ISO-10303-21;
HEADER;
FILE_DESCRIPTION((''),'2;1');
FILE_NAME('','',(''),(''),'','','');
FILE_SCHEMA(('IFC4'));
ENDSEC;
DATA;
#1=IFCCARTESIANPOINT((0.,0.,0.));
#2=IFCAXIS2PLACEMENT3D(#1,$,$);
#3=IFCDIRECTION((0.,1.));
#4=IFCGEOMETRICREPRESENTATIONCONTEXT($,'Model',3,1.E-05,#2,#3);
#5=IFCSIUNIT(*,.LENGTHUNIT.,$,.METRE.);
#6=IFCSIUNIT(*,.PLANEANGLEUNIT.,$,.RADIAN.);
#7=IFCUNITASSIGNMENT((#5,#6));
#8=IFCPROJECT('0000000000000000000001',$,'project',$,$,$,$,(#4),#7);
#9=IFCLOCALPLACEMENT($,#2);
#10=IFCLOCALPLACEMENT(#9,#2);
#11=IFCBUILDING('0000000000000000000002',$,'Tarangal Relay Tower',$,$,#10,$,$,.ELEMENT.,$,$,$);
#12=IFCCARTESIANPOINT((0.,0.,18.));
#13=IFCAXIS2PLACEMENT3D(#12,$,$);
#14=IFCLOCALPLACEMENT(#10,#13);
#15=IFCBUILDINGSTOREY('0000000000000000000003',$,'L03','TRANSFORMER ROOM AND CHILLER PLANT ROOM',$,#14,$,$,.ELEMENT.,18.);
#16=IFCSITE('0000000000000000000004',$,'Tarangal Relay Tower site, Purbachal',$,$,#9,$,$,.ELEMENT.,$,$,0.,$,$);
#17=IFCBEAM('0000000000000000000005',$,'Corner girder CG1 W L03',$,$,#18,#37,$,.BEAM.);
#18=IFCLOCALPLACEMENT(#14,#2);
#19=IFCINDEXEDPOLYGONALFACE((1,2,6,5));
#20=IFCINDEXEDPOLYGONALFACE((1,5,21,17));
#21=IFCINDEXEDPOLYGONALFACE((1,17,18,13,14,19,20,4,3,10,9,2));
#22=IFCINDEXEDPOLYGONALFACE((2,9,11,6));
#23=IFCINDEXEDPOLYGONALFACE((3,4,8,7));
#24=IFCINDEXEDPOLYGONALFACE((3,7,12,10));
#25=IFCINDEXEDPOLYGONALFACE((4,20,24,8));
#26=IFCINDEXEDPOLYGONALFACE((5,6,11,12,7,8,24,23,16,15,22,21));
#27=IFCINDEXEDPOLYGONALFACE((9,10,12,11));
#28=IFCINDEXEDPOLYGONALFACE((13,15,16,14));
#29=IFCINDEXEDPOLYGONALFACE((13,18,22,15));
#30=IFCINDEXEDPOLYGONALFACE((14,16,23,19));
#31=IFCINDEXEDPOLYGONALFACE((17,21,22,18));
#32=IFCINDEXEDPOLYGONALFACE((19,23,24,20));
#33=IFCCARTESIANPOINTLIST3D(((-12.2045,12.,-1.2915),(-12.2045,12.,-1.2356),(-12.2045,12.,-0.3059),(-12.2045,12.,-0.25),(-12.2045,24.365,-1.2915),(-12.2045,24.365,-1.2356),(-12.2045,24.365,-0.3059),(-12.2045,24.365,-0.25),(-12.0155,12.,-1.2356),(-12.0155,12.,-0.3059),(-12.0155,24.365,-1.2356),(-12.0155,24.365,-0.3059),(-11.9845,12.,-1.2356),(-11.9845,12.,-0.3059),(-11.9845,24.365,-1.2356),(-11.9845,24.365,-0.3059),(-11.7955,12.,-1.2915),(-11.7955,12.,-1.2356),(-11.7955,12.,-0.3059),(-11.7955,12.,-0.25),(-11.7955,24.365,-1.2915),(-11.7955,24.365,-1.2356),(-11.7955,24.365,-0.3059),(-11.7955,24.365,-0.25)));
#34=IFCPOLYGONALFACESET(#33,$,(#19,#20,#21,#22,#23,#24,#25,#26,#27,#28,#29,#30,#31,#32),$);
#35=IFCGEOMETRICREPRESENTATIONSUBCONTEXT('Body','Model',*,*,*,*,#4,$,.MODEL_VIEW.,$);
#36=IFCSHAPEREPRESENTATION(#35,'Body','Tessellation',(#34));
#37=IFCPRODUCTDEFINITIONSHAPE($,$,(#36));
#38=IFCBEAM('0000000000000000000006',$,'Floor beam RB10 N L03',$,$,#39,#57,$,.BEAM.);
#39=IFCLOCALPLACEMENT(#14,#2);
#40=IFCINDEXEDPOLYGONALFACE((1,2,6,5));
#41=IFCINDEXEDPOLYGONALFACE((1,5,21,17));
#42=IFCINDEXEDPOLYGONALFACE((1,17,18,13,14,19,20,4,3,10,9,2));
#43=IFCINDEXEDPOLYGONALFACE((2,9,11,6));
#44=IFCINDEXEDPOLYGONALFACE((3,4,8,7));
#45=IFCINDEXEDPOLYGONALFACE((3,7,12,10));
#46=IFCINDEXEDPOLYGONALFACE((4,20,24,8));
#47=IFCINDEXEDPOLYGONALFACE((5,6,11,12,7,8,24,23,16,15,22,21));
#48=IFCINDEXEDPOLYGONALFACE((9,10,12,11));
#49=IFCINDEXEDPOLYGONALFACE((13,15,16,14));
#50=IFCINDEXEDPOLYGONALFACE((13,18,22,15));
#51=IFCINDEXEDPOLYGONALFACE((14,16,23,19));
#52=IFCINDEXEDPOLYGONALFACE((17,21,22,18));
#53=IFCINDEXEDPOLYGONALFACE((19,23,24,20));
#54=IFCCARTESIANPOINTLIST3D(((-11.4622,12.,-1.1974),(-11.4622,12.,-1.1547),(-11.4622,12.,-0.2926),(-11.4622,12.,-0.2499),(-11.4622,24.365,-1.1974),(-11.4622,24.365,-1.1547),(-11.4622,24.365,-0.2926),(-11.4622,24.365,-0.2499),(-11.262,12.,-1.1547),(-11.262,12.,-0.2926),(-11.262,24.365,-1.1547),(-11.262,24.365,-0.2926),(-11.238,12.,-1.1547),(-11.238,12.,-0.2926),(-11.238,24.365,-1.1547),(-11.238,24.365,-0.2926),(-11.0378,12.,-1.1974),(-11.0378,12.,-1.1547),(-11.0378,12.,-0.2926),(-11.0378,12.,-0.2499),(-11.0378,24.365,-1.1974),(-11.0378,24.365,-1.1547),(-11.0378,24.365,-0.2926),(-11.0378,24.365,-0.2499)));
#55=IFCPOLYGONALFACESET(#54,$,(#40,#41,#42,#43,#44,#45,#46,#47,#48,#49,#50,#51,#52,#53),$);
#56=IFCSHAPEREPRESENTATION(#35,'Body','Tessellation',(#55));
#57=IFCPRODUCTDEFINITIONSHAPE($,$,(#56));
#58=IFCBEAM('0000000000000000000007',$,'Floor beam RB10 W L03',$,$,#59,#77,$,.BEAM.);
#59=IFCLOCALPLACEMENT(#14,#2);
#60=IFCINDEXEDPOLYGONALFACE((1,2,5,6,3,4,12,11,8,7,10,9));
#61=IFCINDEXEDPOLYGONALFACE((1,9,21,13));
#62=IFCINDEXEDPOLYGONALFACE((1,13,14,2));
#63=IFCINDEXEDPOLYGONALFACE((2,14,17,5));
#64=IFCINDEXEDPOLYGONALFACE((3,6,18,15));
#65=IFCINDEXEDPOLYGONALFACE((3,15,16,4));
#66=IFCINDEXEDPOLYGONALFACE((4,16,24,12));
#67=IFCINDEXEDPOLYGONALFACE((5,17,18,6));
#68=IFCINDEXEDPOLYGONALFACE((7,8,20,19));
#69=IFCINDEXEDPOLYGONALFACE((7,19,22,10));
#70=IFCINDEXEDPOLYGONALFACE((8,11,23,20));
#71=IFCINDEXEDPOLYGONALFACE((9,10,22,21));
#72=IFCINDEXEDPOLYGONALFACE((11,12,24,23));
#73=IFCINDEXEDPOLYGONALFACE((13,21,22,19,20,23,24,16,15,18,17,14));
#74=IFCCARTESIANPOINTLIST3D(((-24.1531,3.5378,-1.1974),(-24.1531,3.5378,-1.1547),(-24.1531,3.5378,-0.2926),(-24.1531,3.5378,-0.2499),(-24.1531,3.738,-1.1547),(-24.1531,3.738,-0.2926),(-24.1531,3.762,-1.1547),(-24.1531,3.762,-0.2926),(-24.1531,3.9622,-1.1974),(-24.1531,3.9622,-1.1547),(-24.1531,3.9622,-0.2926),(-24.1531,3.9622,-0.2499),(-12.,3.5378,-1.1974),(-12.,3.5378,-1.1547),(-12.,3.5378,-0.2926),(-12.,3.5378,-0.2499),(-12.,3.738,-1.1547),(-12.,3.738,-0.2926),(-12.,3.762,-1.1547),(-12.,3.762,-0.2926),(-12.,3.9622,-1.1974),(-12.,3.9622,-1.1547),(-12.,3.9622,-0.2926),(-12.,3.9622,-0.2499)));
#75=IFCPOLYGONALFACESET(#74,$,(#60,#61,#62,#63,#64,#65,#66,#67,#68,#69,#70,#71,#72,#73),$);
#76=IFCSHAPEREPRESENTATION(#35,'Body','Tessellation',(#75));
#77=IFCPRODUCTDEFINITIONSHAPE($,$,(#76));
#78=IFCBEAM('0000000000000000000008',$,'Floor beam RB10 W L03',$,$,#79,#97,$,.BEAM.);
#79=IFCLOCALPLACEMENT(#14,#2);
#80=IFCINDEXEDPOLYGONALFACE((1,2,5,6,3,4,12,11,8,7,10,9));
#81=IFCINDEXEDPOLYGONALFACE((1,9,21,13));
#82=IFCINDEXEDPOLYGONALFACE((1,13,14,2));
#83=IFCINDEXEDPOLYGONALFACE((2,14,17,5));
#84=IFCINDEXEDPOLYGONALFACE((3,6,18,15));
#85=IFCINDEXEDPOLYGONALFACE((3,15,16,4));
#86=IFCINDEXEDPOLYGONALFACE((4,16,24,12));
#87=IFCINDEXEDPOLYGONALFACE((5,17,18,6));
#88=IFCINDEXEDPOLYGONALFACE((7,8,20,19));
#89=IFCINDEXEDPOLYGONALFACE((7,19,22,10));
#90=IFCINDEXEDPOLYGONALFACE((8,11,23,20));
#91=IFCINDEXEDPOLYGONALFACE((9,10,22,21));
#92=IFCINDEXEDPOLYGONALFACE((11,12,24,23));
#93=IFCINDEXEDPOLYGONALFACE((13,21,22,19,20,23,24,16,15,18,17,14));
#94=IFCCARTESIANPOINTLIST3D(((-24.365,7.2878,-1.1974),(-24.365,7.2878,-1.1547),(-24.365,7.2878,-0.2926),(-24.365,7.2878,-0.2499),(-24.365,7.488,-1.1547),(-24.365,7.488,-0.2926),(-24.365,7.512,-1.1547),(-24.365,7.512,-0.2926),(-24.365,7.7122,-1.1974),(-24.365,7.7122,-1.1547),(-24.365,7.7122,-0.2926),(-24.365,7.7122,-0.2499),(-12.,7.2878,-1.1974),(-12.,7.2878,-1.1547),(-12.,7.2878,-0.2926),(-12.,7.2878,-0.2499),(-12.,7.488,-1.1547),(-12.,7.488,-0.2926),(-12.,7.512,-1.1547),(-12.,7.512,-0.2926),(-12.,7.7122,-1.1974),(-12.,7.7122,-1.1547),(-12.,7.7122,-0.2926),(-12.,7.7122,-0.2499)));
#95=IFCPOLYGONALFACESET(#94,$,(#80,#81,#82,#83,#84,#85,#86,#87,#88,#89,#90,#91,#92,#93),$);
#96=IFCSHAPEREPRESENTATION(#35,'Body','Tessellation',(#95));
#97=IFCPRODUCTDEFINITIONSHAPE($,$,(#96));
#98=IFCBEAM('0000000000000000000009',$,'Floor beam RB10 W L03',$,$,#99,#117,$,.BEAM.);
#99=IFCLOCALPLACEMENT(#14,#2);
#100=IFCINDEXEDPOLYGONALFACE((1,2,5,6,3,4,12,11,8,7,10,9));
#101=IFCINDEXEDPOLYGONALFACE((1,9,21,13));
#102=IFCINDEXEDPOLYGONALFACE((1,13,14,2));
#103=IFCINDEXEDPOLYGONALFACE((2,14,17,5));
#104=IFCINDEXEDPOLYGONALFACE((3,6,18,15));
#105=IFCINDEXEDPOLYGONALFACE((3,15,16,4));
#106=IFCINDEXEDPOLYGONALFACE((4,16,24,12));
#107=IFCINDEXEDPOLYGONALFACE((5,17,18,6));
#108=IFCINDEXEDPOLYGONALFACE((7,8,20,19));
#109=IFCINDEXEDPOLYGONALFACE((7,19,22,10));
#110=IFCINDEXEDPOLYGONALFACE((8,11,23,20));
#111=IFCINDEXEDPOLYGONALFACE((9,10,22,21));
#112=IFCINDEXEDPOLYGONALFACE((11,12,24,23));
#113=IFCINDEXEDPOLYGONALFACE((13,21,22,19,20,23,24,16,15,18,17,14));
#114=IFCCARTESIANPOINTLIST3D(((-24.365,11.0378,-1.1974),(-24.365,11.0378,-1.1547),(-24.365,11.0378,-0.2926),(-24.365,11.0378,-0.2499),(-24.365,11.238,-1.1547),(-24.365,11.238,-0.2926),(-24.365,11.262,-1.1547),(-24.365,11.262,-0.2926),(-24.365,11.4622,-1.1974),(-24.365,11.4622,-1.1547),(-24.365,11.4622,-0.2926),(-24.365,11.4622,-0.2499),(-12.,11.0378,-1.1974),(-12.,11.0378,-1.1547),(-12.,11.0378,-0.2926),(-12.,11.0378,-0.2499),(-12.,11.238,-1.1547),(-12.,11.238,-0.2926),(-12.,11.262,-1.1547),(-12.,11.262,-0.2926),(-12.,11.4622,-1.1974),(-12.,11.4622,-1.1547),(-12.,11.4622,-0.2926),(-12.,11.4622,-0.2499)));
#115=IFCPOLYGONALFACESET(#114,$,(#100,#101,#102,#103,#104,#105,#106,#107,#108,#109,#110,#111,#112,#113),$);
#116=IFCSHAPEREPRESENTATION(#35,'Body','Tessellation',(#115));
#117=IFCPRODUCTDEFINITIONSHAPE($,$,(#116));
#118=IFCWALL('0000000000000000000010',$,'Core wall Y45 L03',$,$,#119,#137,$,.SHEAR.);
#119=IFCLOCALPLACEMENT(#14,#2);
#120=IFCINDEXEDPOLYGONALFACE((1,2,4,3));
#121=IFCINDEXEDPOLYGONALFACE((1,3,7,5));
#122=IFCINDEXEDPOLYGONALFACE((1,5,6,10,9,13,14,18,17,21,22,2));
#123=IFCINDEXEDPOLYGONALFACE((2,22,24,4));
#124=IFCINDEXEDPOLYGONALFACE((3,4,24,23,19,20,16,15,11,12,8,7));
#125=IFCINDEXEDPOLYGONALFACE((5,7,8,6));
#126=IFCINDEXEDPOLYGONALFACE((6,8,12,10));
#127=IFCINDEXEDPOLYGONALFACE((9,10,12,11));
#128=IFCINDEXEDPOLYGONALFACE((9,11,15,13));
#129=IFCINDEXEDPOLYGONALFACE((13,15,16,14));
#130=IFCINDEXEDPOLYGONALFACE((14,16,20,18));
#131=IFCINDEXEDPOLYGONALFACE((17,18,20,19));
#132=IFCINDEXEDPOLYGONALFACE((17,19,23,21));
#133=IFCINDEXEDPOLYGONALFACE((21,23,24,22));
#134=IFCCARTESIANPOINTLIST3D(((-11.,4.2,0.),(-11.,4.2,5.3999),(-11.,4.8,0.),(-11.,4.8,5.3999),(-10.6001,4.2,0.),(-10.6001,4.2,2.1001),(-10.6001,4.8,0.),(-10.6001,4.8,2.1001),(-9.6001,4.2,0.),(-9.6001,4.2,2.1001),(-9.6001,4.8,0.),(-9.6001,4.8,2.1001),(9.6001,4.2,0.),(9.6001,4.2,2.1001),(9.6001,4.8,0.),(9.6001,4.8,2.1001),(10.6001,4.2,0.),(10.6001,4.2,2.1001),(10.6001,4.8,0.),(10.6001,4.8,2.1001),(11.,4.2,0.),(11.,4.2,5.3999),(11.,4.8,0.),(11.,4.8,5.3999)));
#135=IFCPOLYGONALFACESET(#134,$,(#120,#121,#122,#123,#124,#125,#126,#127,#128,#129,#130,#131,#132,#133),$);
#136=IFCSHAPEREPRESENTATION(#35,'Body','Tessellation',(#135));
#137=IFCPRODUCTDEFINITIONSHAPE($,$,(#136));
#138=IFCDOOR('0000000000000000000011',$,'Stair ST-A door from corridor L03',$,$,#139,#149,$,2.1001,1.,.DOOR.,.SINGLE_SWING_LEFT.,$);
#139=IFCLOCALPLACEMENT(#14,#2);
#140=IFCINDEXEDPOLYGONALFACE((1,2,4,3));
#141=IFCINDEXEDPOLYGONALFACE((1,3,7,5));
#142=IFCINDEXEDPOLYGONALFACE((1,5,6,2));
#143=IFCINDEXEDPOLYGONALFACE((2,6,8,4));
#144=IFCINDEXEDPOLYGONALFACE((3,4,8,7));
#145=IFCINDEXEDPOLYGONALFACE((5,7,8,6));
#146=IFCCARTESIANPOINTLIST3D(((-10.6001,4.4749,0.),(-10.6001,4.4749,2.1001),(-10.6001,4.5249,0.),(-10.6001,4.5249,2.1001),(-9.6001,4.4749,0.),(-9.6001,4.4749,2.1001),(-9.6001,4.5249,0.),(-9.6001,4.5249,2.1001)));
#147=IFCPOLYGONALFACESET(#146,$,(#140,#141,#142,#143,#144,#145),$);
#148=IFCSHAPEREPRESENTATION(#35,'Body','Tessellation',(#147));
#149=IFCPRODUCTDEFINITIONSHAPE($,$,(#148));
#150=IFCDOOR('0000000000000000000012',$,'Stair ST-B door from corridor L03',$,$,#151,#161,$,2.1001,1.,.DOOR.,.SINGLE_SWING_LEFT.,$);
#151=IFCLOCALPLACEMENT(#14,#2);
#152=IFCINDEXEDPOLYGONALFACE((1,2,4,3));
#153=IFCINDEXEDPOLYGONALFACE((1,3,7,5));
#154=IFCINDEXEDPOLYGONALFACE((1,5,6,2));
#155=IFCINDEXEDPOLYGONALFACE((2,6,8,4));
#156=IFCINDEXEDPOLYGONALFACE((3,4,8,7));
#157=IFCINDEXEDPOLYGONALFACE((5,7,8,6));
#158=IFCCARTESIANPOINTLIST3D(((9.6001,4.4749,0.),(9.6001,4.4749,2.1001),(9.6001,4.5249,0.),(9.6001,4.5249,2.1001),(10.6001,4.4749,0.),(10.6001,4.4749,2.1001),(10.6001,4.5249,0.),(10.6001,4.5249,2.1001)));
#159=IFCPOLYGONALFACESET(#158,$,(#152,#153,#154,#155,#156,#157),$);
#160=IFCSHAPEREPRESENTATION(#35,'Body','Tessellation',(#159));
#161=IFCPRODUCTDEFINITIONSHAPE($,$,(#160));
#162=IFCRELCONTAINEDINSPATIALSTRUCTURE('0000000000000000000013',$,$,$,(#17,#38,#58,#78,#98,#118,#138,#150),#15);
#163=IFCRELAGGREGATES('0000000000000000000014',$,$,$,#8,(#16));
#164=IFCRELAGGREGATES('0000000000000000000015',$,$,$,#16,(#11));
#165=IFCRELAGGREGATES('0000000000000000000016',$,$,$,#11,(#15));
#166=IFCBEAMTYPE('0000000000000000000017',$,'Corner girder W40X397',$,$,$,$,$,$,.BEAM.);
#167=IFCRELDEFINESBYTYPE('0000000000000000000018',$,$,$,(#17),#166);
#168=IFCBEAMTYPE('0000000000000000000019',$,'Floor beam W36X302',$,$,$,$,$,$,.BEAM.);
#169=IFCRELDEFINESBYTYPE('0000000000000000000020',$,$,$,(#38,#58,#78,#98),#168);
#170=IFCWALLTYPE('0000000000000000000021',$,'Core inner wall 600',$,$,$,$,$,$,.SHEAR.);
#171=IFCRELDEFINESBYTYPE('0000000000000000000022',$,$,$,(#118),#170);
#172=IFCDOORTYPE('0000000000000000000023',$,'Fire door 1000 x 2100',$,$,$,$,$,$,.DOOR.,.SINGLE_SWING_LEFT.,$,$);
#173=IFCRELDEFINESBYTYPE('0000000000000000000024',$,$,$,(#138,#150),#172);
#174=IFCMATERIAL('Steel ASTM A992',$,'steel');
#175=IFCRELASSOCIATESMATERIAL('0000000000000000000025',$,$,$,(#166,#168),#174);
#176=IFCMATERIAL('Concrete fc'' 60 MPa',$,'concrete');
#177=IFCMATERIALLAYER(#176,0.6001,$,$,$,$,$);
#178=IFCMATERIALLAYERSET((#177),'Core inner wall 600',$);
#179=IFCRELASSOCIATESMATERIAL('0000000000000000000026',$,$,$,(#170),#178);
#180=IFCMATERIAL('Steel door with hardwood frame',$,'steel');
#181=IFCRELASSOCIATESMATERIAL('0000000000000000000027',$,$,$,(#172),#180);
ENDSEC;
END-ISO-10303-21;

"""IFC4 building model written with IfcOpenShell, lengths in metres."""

from ifc_helpers import new_model, si_unit, direction, frame, frame_2d, origin, origin_2d, place, context, subcontext, project, spatial, rectangle, i_section, extrude, material, layer, layer_set, material_profile, profile_set, type_object, element, fill, save


model = new_model("IFC4")

# Units and contexts
model_context = context("Model", 3, precision=1e-05, world=origin(), true_north=direction((0.0, 1.0)))
body_context = subcontext(model_context, "Body", "Model", "MODEL_VIEW")
ifc_project = project(units=[si_unit("LENGTHUNIT", "METRE"), si_unit("PLANEANGLEUNIT", "RADIAN")], contexts=[model_context])

# Site, building, storey
site_placement = place(None, origin())
site = spatial("IfcSite", under=ifc_project, at=site_placement, Name="Tarangal Relay Tower site, Purbachal", CompositionType="ELEMENT", RefElevation=0.0)
building_placement = place(site_placement, origin())
building = spatial("IfcBuilding", under=site, at=building_placement, Name="Tarangal Relay Tower", CompositionType="ELEMENT")
storey_placement = place(building_placement, frame((0.0, 0.0, 18.0)))
storey = spatial("IfcBuildingStorey", under=building, at=storey_placement, Name="L03", Description="TRANSFORMER ROOM AND CHILLER PLANT ROOM", CompositionType="ELEMENT", Elevation=18.0)

# Beams
ifc_material_1 = material(Name="Steel ASTM A992", Category="steel")
ifc_material_profile_1 = material_profile(ifc_material_1, i_section(OverallWidth=0.4089, OverallDepth=1.0415, WebThickness=0.031, FlangeThickness=0.0559, at=origin_2d()), Name="W40X397")
ifc_profile_set_1 = profile_set([ifc_material_profile_1], Name="Steel ASTM A992")
beam_type_1 = type_object("IfcBeamType", Name="Corner girder W40X397", PredefinedType="BEAM", material=ifc_profile_set_1)
beam_1_placement = place(storey_placement, frame((-12.0, 12.0, -0.7708), z_axis=(0.0, 1.0, 0.0), x_axis=(-1.0, 0.0, 0.0)))
element("IfcBeam", 1, at=beam_1_placement, inside=storey, type_object=beam_type_1, Name="Corner girder CG1 W L03", PredefinedType="BEAM", context=body_context, shape_type="SweptSolid", body=[
    extrude(i_section(OverallWidth=0.4089, OverallDepth=1.0415, WebThickness=0.031, FlangeThickness=0.0559, at=origin_2d()), origin(), (0.0, 0.0, 1.0), 12.365),
])
ifc_material_profile_2 = material_profile(ifc_material_1, i_section(OverallWidth=0.4243, OverallDepth=0.9475, WebThickness=0.0239, FlangeThickness=0.0427, at=origin_2d()), Name="W36X302")
ifc_profile_set_2 = profile_set([ifc_material_profile_2], Name="Steel ASTM A992")
beam_type_2 = type_object("IfcBeamType", Name="Floor beam W36X302", PredefinedType="BEAM", material=ifc_profile_set_2)
beam_2_placement = place(storey_placement, frame((-11.25, 12.0, -0.7236), z_axis=(0.0, 1.0, 0.0), x_axis=(-1.0, 0.0, 0.0)))
element("IfcBeam", 2, at=beam_2_placement, inside=storey, type_object=beam_type_2, Name="Floor beam RB10 N L03", PredefinedType="BEAM", context=body_context, shape_type="SweptSolid", body=[
    extrude(i_section(OverallWidth=0.4243, OverallDepth=0.9475, WebThickness=0.0239, FlangeThickness=0.0427, at=origin_2d()), origin(), (0.0, 0.0, 1.0), 12.365),
])
beam_3_placement = place(storey_placement, frame((-12.0, 3.75, -0.7236), z_axis=(-1.0, 0.0, 0.0), x_axis=(0.0, -1.0, 0.0)))
element("IfcBeam", 3, at=beam_3_placement, inside=storey, type_object=beam_type_2, Name="Floor beam RB10 W L03", PredefinedType="BEAM", context=body_context, shape_type="SweptSolid", body=[
    extrude(i_section(OverallWidth=0.4243, OverallDepth=0.9475, WebThickness=0.0239, FlangeThickness=0.0427, at=origin_2d()), origin(), (0.0, 0.0, 1.0), 12.1531),
])
for number, where, z_axis, x_axis, name in (
    (4, (-12.0, 7.5, -0.7236), (-1.0, 0.0, 0.0), (0.0, -1.0, 0.0), "Floor beam RB10 W L03"),
    (5, (-12.0, 11.25, -0.7236), (-1.0, 0.0, 0.0), (0.0, -1.0, 0.0), "Floor beam RB10 W L03"),
):
    element("IfcBeam", number, at=place(storey_placement, frame(where, z_axis=z_axis, x_axis=x_axis)), inside=storey, type_object=beam_type_2, Name=name, PredefinedType="BEAM", context=body_context, shape_type="SweptSolid", body=[
        extrude(i_section(OverallWidth=0.4243, OverallDepth=0.9475, WebThickness=0.0239, FlangeThickness=0.0427, at=origin_2d()), origin(), (0.0, 0.0, 1.0), 12.365),
    ])

# Wall, openings, doors
ifc_material_2 = material(Name="Concrete fc' 60 MPa", Category="concrete")
ifc_layer_1 = layer(ifc_material_2, 0.6001)
ifc_layer_set_1 = layer_set([ifc_layer_1], Name="Core inner wall 600")
wall_type_1 = type_object("IfcWallType", Name="Core inner wall 600", PredefinedType="SHEAR", material=ifc_layer_set_1)
wall_1_placement = place(storey_placement, frame((-11.0, 4.5, 0.0), z_axis=(0.0, 0.0, 1.0), x_axis=(1.0, 0.0, 0.0)))
wall_1 = element("IfcWall", 6, at=wall_1_placement, inside=storey, type_object=wall_type_1, Name="Core wall Y45 L03", PredefinedType="SHEAR", context=body_context, shape_type="SweptSolid", body=[
    extrude(rectangle(XDim=22.0, YDim=0.6001, at=frame_2d((11.0, 0.0))), origin(), (0.0, 0.0, 1.0), 5.3999),
])
opening_1_placement = place(wall_1_placement, frame((0.3999, 0.0, 0.0)))
opening_1 = element("IfcOpeningElement", 7, at=opening_1_placement, cuts=wall_1, PredefinedType="OPENING", context=body_context, shape_type="SweptSolid", body=[
    extrude(rectangle(XDim=1.0, YDim=2.1001, at=frame_2d((0.5, 1.05))), frame((0.0, 0.3101, 0.0), z_axis=(0.0, -1.0, 0.0), x_axis=(1.0, 0.0, 0.0)), (0.0, 0.0, 1.0), 0.6201),
])
opening_2_placement = place(wall_1_placement, frame((20.6001, 0.0, 0.0)))
opening_2 = element("IfcOpeningElement", 8, at=opening_2_placement, cuts=wall_1, PredefinedType="OPENING", context=body_context, shape_type="SweptSolid", body=[
    extrude(rectangle(XDim=1.0, YDim=2.1001, at=frame_2d((0.5, 1.05))), frame((0.0, 0.3101, 0.0), z_axis=(0.0, -1.0, 0.0), x_axis=(1.0, 0.0, 0.0)), (0.0, 0.0, 1.0), 0.6201),
])
ifc_material_3 = material(Name="Steel door with hardwood frame", Category="steel")
door_type_1 = type_object("IfcDoorType", Name="Fire door 1000 x 2100", OperationType="SINGLE_SWING_LEFT", PredefinedType="DOOR", material=ifc_material_3)
door_1_placement = place(opening_1_placement, origin())
door_1 = element("IfcDoor", 9, at=door_1_placement, inside=storey, type_object=door_type_1, Name="Stair ST-A door from corridor L03", OperationType="SINGLE_SWING_LEFT", OverallHeight=2.1001, OverallWidth=1.0, PredefinedType="DOOR", context=body_context, shape_type="SweptSolid", body=[
    extrude(rectangle(XDim=1.0, YDim=2.1001, at=frame_2d((0.5, 1.05))), frame((0.0, 0.0249, 0.0), z_axis=(0.0, -1.0, 0.0), x_axis=(1.0, 0.0, 0.0)), (0.0, 0.0, 1.0), 0.05),
])
fill(opening_1, door_1)
door_2_placement = place(opening_2_placement, origin())
door_2 = element("IfcDoor", 10, at=door_2_placement, inside=storey, type_object=door_type_1, Name="Stair ST-B door from corridor L03", OperationType="SINGLE_SWING_LEFT", OverallHeight=2.1001, OverallWidth=1.0, PredefinedType="DOOR", context=body_context, shape_type="SweptSolid", body=[
    extrude(rectangle(XDim=1.0, YDim=2.1001, at=frame_2d((0.5, 1.05))), frame((0.0, 0.0249, 0.0), z_axis=(0.0, -1.0, 0.0), x_axis=(1.0, 0.0, 0.0)), (0.0, 0.0, 1.0), 0.05),
])
fill(opening_2, door_2)

save(model, "model.ifc")
